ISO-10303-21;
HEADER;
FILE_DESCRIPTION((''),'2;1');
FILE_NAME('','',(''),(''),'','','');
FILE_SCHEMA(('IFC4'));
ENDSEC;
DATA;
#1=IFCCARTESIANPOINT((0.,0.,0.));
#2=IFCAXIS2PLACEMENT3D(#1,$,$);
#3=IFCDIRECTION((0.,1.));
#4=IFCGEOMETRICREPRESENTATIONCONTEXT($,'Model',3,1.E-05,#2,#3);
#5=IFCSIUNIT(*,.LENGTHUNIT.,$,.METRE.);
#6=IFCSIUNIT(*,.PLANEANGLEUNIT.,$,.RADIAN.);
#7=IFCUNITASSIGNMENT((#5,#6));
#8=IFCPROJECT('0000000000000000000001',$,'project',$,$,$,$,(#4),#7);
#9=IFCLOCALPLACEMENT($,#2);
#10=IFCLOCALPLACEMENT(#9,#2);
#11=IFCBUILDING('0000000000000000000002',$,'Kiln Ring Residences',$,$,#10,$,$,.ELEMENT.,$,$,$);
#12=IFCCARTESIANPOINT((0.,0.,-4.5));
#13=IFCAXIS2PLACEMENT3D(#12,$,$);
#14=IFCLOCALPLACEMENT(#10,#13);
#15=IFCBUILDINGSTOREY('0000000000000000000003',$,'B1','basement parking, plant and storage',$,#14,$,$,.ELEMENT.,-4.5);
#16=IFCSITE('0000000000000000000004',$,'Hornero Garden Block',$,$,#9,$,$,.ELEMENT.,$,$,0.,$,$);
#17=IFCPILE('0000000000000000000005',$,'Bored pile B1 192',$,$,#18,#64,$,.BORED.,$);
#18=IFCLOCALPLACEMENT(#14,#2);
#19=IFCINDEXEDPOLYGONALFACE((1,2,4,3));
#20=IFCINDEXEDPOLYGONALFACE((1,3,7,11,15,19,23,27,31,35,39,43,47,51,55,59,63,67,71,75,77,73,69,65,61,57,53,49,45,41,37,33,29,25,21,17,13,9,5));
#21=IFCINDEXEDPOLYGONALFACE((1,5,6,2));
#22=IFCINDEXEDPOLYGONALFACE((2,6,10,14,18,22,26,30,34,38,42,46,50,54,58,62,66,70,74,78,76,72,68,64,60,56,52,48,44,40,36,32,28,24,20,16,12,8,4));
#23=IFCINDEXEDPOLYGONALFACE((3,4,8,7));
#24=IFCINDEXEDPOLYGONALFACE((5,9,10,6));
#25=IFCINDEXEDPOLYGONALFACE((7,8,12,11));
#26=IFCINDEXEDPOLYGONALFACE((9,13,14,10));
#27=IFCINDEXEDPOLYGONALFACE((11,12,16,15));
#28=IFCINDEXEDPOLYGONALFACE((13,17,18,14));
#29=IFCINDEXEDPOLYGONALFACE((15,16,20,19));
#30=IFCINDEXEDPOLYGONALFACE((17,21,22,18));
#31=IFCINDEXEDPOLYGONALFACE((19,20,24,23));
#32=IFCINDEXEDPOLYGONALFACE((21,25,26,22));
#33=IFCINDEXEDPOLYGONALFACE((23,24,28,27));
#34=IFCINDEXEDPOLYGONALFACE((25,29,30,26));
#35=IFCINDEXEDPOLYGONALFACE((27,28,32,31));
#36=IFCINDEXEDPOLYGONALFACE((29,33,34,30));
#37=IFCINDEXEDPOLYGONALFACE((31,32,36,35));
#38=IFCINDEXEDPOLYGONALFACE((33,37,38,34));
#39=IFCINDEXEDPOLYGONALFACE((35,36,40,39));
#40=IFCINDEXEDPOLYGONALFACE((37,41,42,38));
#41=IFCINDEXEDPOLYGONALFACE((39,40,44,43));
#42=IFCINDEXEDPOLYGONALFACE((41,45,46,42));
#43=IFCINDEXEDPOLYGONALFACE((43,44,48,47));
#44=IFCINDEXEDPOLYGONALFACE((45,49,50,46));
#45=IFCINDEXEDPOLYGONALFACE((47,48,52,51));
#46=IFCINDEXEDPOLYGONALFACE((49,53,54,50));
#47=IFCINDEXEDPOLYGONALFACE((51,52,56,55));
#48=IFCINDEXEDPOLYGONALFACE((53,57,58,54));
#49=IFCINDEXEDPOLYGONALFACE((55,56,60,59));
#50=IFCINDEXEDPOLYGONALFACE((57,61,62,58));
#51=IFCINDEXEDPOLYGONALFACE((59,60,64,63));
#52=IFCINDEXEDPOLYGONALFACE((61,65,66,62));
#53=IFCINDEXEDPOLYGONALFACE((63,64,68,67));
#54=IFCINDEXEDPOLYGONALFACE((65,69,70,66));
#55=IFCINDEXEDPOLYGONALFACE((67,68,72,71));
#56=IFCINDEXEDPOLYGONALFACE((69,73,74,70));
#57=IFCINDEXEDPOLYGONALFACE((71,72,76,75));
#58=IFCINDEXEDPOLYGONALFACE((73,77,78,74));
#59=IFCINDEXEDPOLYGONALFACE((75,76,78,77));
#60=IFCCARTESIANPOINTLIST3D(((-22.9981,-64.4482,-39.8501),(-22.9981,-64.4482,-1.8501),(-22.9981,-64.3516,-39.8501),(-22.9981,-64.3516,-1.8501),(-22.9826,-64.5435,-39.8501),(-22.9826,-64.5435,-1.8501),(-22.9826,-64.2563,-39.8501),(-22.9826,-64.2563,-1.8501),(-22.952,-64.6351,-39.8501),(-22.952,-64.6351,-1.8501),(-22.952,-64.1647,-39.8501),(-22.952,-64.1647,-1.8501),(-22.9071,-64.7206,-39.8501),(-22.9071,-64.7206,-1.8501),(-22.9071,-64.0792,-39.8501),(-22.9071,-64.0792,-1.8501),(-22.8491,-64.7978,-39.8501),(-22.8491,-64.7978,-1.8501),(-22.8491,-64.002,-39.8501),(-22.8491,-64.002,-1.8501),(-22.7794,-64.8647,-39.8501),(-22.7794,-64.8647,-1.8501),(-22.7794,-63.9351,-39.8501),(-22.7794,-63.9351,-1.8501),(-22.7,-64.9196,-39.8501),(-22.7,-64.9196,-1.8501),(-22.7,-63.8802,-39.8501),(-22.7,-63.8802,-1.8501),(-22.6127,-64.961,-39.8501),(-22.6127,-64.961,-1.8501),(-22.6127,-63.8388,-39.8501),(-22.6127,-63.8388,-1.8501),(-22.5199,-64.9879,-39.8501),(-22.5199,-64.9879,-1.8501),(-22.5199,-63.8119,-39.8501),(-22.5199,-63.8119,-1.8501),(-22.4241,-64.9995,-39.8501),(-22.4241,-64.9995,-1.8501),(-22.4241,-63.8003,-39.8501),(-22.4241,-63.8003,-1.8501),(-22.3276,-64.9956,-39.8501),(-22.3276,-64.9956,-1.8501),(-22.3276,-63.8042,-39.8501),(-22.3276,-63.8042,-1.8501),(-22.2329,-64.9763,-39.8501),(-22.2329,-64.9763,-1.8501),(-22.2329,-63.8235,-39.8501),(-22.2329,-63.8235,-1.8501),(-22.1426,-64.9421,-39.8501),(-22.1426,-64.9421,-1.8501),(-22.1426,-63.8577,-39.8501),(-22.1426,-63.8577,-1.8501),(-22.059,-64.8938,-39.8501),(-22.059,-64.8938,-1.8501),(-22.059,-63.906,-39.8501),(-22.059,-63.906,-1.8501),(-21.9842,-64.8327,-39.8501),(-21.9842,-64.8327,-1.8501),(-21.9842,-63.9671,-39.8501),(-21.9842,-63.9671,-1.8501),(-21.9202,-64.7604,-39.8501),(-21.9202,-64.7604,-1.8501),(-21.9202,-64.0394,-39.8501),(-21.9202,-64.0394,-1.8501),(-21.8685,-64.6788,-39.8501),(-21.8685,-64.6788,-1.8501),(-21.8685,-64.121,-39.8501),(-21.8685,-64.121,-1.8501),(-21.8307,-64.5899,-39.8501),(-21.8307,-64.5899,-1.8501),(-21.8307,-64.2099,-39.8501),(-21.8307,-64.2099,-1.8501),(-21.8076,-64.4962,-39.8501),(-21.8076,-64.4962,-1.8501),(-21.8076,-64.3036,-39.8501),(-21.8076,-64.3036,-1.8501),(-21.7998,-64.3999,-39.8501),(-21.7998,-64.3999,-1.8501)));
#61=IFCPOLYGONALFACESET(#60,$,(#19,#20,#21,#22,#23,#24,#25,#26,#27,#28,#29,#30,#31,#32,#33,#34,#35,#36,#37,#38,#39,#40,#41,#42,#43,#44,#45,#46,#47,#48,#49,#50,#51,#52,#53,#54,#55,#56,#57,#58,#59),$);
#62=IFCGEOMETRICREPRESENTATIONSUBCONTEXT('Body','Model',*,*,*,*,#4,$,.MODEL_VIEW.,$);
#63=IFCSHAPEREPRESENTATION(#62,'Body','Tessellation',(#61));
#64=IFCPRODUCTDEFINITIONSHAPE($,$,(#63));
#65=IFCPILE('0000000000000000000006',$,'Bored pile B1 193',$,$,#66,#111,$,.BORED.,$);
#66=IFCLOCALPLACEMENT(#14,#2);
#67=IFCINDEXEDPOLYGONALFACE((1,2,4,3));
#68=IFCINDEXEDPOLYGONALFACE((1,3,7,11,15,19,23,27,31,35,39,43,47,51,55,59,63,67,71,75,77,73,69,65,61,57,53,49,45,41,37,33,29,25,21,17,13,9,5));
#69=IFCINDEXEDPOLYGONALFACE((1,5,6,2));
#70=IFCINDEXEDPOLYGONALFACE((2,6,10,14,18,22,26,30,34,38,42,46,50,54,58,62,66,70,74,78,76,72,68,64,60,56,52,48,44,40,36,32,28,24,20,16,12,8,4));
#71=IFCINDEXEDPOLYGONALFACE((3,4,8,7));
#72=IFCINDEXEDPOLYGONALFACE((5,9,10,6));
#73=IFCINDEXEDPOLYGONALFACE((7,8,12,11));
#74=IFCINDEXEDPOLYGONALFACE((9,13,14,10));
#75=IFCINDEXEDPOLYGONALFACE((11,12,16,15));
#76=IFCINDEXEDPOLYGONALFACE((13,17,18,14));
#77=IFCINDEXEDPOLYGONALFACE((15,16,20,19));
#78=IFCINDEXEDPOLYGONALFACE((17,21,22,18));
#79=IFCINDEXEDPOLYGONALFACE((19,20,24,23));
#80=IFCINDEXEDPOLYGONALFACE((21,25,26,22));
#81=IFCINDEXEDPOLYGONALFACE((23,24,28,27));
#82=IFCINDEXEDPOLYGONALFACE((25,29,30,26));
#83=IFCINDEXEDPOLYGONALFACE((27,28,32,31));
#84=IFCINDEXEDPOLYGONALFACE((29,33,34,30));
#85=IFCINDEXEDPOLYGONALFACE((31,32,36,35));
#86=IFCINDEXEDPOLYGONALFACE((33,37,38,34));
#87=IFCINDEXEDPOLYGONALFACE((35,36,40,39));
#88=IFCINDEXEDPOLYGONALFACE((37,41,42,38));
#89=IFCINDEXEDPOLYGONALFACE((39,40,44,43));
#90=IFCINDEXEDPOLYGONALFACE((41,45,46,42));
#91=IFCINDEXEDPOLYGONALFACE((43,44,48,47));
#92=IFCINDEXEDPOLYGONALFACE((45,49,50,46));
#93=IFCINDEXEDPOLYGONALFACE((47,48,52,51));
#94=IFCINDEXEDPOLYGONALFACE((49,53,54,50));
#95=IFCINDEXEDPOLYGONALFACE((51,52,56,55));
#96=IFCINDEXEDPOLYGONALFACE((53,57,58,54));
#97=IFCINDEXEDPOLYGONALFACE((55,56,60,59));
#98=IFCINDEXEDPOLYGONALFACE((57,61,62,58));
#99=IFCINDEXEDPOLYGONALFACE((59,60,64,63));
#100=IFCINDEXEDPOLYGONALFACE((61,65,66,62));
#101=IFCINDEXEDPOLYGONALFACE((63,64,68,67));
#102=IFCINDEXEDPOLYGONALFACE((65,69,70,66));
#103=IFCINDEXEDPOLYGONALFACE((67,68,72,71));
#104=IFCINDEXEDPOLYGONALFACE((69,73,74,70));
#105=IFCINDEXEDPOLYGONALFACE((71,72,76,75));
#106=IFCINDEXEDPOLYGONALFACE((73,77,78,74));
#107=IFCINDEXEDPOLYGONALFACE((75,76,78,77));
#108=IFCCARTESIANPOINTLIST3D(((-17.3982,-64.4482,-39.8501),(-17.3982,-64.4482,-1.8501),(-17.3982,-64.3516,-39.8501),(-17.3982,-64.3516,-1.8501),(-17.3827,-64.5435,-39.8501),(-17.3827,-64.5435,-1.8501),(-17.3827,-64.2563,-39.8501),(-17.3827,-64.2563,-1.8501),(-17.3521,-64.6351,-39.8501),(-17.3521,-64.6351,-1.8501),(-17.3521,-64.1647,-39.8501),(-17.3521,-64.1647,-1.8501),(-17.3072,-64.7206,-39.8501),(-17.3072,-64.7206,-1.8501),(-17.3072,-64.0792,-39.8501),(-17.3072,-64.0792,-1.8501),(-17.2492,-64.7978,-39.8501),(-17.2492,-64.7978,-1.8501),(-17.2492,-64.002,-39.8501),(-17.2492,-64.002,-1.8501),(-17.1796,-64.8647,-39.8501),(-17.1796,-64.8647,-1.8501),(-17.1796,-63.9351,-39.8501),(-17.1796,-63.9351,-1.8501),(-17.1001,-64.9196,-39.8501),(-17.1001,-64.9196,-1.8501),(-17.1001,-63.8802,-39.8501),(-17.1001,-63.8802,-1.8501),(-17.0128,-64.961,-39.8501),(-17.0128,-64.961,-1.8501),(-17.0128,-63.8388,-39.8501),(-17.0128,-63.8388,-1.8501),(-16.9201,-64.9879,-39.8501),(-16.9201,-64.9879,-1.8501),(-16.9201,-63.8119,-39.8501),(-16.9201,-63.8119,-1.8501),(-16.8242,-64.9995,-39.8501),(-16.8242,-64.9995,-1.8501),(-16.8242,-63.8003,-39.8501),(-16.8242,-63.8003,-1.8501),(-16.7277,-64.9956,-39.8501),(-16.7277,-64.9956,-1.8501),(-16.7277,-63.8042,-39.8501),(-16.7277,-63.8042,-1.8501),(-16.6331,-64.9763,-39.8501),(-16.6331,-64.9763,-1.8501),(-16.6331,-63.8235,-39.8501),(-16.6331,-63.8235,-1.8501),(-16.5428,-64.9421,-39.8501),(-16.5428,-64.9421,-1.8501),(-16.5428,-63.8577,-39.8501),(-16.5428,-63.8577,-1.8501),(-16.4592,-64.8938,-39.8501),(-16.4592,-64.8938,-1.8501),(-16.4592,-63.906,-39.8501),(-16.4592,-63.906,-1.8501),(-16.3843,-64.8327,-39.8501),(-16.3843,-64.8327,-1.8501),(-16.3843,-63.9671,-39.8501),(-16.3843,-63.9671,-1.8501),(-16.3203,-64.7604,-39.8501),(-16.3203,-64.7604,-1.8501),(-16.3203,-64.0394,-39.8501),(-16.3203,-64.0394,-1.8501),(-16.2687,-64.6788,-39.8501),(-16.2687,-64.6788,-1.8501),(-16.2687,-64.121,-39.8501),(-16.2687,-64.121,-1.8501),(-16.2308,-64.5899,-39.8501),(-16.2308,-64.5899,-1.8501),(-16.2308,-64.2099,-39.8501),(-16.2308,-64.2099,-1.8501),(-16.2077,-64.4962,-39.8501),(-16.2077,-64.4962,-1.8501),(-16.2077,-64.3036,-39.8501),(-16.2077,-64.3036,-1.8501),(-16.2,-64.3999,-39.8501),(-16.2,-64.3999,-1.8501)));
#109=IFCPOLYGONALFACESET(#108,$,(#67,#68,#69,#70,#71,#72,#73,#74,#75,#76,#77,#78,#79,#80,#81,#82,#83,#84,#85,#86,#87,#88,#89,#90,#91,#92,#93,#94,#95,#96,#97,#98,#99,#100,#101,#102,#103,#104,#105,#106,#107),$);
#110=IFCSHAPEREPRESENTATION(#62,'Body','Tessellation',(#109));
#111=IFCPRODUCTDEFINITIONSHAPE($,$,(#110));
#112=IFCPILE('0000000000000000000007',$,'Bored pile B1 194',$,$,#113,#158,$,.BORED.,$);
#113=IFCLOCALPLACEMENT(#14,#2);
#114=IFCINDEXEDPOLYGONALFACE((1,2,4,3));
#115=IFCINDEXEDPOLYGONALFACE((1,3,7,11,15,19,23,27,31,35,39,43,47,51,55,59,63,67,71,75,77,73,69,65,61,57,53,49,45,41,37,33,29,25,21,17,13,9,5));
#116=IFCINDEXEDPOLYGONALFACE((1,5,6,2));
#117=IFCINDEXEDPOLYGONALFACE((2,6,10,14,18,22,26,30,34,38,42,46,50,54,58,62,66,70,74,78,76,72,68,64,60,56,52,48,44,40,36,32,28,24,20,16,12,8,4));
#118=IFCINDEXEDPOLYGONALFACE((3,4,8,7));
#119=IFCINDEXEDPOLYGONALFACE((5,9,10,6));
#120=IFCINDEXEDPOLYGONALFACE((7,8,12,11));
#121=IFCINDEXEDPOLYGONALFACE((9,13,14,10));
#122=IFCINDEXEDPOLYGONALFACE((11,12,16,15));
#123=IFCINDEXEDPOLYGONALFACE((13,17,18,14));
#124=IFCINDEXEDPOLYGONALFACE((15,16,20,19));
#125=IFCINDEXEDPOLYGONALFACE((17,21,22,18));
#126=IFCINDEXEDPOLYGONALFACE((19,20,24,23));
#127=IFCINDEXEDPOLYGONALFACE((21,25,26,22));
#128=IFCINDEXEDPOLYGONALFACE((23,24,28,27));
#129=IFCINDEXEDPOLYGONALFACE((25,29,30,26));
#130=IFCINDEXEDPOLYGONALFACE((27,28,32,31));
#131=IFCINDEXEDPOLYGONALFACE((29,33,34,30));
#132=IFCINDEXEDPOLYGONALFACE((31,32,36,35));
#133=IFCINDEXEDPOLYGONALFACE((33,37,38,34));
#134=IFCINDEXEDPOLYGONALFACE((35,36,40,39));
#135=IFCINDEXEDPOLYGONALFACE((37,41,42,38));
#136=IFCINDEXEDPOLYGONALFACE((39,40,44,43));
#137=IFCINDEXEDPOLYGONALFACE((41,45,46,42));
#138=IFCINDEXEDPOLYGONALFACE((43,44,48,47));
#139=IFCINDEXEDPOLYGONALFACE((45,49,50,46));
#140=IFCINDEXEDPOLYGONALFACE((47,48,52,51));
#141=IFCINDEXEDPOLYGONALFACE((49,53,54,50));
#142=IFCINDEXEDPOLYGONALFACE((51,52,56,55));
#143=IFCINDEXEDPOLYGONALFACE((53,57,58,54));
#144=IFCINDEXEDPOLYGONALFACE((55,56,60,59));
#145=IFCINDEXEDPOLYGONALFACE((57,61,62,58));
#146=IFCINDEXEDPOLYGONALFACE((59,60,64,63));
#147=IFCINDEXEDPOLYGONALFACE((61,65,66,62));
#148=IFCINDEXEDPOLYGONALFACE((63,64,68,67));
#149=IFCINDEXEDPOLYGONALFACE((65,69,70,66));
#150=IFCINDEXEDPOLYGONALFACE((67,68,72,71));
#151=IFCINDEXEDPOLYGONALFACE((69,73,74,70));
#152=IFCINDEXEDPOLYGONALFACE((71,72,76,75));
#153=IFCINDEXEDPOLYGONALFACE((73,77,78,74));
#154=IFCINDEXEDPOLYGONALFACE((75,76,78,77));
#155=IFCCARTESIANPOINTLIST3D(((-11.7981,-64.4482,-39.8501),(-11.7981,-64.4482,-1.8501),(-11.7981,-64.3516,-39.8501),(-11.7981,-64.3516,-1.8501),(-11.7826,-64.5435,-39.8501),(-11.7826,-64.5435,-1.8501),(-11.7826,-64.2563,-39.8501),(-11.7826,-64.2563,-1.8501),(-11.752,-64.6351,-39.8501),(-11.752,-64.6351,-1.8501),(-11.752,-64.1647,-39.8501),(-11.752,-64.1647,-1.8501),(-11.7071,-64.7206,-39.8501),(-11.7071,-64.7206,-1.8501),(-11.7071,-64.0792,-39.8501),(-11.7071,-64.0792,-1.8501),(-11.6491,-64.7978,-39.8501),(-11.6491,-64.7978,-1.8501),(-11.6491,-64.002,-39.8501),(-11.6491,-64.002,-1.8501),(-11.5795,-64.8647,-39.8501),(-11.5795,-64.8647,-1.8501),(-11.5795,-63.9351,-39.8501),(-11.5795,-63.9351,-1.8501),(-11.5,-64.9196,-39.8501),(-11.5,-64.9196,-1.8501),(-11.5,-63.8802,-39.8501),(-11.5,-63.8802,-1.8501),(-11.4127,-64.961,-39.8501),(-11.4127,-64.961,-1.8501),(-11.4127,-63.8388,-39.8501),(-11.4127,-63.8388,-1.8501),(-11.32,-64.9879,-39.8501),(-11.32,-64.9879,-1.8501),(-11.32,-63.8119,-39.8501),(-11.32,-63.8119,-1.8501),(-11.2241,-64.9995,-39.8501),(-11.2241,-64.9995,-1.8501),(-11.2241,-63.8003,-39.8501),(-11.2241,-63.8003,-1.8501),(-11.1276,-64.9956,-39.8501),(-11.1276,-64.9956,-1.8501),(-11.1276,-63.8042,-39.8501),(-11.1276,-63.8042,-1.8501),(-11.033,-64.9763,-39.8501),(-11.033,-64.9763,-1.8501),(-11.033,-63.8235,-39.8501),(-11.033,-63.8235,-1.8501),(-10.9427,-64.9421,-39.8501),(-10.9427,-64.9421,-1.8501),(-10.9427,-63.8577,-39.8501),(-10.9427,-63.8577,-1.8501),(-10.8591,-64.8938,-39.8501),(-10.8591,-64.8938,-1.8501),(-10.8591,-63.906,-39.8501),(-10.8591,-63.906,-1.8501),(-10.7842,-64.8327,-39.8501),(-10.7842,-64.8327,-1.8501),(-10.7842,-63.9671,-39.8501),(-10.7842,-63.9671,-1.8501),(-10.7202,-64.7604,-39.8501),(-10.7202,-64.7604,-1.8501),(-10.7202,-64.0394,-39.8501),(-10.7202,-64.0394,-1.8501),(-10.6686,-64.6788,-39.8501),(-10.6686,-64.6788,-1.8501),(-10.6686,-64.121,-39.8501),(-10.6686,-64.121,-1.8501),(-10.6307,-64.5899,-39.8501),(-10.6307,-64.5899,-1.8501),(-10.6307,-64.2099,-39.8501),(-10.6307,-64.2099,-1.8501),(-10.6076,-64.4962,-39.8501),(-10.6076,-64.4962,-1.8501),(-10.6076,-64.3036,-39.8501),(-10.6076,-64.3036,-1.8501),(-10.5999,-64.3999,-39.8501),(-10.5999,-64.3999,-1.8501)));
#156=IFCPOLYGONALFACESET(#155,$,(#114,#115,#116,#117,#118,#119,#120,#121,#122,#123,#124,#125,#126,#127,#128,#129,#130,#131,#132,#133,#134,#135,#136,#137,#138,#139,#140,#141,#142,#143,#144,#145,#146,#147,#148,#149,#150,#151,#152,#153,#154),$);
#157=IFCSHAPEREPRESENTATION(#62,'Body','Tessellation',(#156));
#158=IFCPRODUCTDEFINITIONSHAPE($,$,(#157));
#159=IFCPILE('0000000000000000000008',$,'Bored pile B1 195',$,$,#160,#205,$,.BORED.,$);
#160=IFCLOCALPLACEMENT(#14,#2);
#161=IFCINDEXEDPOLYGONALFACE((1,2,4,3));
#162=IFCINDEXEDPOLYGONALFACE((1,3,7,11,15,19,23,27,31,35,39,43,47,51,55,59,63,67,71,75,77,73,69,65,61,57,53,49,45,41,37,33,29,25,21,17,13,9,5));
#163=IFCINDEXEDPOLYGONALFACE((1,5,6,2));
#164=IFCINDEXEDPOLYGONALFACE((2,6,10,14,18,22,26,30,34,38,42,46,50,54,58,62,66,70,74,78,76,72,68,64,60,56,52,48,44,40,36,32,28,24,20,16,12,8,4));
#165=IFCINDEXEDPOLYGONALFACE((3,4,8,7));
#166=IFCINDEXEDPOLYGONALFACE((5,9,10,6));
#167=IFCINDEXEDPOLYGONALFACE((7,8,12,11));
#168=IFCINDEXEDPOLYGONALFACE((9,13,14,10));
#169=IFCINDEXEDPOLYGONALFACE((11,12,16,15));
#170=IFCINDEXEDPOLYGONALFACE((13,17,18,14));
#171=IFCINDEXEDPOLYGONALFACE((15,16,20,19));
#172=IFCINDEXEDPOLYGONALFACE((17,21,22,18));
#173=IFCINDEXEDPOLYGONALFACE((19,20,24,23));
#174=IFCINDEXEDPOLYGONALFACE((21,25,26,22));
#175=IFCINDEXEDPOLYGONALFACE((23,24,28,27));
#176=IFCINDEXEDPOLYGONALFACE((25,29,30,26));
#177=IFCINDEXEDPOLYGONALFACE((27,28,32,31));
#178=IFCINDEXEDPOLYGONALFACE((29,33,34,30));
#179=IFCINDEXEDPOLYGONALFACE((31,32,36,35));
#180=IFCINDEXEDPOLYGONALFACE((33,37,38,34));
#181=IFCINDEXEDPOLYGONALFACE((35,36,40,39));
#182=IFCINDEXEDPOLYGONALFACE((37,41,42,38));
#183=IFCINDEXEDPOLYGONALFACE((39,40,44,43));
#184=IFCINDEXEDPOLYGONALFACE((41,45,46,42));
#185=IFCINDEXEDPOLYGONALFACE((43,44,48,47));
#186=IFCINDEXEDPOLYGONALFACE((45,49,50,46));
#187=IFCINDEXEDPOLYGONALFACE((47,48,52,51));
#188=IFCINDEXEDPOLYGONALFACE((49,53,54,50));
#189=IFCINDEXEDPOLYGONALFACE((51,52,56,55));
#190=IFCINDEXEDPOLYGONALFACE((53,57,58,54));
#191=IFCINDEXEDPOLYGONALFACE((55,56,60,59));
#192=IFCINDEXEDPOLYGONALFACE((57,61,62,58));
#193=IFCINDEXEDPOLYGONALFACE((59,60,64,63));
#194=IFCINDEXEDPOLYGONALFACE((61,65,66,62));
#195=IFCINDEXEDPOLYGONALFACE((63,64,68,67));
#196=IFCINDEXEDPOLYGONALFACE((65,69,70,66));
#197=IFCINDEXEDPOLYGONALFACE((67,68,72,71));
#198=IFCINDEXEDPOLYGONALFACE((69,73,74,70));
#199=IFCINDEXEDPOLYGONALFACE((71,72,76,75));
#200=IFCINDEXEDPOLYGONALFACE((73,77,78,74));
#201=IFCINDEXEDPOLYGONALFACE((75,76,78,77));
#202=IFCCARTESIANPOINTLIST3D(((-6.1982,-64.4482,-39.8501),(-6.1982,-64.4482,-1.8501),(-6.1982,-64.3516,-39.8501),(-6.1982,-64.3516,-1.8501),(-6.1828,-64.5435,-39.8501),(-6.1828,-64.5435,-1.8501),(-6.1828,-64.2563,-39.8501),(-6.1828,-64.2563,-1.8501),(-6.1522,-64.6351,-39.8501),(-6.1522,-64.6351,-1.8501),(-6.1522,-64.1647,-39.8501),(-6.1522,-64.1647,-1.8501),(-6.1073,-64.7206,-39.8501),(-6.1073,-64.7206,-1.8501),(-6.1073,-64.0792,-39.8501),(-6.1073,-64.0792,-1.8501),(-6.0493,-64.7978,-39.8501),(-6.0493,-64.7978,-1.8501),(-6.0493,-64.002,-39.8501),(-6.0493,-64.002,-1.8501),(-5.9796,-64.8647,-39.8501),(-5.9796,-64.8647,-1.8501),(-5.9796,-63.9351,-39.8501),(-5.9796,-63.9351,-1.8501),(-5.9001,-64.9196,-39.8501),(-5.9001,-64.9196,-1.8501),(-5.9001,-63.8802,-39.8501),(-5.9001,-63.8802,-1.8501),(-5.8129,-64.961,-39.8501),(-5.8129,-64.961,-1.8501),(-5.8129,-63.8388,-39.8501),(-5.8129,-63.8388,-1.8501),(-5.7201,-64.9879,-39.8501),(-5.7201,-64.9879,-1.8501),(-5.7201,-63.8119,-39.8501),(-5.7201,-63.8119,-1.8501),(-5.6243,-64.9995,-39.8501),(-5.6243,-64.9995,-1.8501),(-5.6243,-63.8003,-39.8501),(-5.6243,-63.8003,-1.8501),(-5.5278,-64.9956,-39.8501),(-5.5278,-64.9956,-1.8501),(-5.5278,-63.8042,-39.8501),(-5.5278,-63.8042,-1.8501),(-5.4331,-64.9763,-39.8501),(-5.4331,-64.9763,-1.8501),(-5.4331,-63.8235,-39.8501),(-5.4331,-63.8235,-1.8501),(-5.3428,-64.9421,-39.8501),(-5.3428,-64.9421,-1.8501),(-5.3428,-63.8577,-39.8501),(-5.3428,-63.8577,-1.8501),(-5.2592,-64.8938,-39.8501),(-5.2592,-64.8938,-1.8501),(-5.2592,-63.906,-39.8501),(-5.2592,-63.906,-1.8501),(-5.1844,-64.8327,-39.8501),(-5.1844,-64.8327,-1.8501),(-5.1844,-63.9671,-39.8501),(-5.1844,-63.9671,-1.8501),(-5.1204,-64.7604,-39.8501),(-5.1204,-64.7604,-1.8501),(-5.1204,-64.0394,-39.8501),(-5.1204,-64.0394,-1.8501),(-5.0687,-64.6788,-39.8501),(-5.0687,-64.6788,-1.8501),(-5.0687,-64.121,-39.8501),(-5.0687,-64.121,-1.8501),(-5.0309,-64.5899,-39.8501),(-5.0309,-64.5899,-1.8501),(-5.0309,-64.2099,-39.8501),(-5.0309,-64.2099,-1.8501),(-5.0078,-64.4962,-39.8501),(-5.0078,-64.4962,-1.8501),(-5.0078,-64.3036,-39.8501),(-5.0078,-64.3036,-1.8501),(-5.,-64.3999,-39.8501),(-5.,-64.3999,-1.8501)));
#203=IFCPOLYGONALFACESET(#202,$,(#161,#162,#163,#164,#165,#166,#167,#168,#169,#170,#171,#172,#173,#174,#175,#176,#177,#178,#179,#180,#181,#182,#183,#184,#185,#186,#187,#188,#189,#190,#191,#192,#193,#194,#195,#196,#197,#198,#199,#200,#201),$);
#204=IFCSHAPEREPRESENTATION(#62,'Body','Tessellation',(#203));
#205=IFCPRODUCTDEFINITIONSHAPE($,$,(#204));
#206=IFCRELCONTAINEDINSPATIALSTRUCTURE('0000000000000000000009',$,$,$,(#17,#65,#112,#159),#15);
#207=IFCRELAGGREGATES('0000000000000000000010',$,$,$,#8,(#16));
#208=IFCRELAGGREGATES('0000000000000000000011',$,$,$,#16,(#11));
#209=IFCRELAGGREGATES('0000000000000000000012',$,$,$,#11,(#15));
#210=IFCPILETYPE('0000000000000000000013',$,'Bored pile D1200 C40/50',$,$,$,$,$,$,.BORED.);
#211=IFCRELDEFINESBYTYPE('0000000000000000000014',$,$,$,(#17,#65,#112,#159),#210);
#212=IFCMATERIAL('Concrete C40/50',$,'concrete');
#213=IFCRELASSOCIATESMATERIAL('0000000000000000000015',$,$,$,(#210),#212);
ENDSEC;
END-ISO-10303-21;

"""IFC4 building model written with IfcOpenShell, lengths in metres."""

from ifc_helpers import new_model, si_unit, direction, frame, origin, origin_2d, place, context, subcontext, project, spatial, circle, extrude, material, material_profile, profile_set, type_object, element, save


model = new_model("IFC4")

# Units and contexts
model_context = context("Model", 3, precision=1e-05, world=origin(), true_north=direction((0.0, 1.0)))
body_context = subcontext(model_context, "Body", "Model", "MODEL_VIEW")
ifc_project = project(units=[si_unit("LENGTHUNIT", "METRE"), si_unit("PLANEANGLEUNIT", "RADIAN")], contexts=[model_context])

# Site, building, storey
site_placement = place(None, origin())
site = spatial("IfcSite", under=ifc_project, at=site_placement, Name="Hornero Garden Block", CompositionType="ELEMENT", RefElevation=0.0)
building_placement = place(site_placement, origin())
building = spatial("IfcBuilding", under=site, at=building_placement, Name="Kiln Ring Residences", CompositionType="ELEMENT")
storey_placement = place(building_placement, frame((0.0, 0.0, -4.5)))
storey = spatial("IfcBuildingStorey", under=building, at=storey_placement, Name="B1", Description="basement parking, plant and storage", CompositionType="ELEMENT", Elevation=-4.5)

# Piles
ifc_material_1 = material(Name="Concrete C40/50", Category="concrete")
ifc_material_profile_1 = material_profile(ifc_material_1, circle(Radius=0.6001, at=origin_2d()), Name="BORED1200")
ifc_profile_set_1 = profile_set([ifc_material_profile_1], Name="Concrete C40/50")
pile_type = type_object("IfcPileType", Name="Bored pile D1200 C40/50", PredefinedType="BORED", material=ifc_profile_set_1)
for number, where, z_axis, x_axis, name in (
    (1, (-22.3999, -64.3999, -1.8501), (0.0, 0.0, -1.0), (1.0, 0.0, 0.0), "Bored pile B1 192"),
    (2, (-16.8, -64.3999, -1.8501), (0.0, 0.0, -1.0), (1.0, 0.0, 0.0), "Bored pile B1 193"),
    (3, (-11.2, -64.3999, -1.8501), (0.0, 0.0, -1.0), (1.0, 0.0, 0.0), "Bored pile B1 194"),
    (4, (-5.6001, -64.3999, -1.8501), (0.0, 0.0, -1.0), (1.0, 0.0, 0.0), "Bored pile B1 195"),
):
    element("IfcPile", number, at=place(storey_placement, frame(where, z_axis=z_axis, x_axis=x_axis)), inside=storey, type_object=pile_type, Name=name, PredefinedType="BORED", context=body_context, shape_type="SweptSolid", body=[
        extrude(circle(Radius=0.6001, at=origin_2d()), origin(), (0.0, 0.0, 1.0), 38.0),
    ])

save(model, "model.ifc")
